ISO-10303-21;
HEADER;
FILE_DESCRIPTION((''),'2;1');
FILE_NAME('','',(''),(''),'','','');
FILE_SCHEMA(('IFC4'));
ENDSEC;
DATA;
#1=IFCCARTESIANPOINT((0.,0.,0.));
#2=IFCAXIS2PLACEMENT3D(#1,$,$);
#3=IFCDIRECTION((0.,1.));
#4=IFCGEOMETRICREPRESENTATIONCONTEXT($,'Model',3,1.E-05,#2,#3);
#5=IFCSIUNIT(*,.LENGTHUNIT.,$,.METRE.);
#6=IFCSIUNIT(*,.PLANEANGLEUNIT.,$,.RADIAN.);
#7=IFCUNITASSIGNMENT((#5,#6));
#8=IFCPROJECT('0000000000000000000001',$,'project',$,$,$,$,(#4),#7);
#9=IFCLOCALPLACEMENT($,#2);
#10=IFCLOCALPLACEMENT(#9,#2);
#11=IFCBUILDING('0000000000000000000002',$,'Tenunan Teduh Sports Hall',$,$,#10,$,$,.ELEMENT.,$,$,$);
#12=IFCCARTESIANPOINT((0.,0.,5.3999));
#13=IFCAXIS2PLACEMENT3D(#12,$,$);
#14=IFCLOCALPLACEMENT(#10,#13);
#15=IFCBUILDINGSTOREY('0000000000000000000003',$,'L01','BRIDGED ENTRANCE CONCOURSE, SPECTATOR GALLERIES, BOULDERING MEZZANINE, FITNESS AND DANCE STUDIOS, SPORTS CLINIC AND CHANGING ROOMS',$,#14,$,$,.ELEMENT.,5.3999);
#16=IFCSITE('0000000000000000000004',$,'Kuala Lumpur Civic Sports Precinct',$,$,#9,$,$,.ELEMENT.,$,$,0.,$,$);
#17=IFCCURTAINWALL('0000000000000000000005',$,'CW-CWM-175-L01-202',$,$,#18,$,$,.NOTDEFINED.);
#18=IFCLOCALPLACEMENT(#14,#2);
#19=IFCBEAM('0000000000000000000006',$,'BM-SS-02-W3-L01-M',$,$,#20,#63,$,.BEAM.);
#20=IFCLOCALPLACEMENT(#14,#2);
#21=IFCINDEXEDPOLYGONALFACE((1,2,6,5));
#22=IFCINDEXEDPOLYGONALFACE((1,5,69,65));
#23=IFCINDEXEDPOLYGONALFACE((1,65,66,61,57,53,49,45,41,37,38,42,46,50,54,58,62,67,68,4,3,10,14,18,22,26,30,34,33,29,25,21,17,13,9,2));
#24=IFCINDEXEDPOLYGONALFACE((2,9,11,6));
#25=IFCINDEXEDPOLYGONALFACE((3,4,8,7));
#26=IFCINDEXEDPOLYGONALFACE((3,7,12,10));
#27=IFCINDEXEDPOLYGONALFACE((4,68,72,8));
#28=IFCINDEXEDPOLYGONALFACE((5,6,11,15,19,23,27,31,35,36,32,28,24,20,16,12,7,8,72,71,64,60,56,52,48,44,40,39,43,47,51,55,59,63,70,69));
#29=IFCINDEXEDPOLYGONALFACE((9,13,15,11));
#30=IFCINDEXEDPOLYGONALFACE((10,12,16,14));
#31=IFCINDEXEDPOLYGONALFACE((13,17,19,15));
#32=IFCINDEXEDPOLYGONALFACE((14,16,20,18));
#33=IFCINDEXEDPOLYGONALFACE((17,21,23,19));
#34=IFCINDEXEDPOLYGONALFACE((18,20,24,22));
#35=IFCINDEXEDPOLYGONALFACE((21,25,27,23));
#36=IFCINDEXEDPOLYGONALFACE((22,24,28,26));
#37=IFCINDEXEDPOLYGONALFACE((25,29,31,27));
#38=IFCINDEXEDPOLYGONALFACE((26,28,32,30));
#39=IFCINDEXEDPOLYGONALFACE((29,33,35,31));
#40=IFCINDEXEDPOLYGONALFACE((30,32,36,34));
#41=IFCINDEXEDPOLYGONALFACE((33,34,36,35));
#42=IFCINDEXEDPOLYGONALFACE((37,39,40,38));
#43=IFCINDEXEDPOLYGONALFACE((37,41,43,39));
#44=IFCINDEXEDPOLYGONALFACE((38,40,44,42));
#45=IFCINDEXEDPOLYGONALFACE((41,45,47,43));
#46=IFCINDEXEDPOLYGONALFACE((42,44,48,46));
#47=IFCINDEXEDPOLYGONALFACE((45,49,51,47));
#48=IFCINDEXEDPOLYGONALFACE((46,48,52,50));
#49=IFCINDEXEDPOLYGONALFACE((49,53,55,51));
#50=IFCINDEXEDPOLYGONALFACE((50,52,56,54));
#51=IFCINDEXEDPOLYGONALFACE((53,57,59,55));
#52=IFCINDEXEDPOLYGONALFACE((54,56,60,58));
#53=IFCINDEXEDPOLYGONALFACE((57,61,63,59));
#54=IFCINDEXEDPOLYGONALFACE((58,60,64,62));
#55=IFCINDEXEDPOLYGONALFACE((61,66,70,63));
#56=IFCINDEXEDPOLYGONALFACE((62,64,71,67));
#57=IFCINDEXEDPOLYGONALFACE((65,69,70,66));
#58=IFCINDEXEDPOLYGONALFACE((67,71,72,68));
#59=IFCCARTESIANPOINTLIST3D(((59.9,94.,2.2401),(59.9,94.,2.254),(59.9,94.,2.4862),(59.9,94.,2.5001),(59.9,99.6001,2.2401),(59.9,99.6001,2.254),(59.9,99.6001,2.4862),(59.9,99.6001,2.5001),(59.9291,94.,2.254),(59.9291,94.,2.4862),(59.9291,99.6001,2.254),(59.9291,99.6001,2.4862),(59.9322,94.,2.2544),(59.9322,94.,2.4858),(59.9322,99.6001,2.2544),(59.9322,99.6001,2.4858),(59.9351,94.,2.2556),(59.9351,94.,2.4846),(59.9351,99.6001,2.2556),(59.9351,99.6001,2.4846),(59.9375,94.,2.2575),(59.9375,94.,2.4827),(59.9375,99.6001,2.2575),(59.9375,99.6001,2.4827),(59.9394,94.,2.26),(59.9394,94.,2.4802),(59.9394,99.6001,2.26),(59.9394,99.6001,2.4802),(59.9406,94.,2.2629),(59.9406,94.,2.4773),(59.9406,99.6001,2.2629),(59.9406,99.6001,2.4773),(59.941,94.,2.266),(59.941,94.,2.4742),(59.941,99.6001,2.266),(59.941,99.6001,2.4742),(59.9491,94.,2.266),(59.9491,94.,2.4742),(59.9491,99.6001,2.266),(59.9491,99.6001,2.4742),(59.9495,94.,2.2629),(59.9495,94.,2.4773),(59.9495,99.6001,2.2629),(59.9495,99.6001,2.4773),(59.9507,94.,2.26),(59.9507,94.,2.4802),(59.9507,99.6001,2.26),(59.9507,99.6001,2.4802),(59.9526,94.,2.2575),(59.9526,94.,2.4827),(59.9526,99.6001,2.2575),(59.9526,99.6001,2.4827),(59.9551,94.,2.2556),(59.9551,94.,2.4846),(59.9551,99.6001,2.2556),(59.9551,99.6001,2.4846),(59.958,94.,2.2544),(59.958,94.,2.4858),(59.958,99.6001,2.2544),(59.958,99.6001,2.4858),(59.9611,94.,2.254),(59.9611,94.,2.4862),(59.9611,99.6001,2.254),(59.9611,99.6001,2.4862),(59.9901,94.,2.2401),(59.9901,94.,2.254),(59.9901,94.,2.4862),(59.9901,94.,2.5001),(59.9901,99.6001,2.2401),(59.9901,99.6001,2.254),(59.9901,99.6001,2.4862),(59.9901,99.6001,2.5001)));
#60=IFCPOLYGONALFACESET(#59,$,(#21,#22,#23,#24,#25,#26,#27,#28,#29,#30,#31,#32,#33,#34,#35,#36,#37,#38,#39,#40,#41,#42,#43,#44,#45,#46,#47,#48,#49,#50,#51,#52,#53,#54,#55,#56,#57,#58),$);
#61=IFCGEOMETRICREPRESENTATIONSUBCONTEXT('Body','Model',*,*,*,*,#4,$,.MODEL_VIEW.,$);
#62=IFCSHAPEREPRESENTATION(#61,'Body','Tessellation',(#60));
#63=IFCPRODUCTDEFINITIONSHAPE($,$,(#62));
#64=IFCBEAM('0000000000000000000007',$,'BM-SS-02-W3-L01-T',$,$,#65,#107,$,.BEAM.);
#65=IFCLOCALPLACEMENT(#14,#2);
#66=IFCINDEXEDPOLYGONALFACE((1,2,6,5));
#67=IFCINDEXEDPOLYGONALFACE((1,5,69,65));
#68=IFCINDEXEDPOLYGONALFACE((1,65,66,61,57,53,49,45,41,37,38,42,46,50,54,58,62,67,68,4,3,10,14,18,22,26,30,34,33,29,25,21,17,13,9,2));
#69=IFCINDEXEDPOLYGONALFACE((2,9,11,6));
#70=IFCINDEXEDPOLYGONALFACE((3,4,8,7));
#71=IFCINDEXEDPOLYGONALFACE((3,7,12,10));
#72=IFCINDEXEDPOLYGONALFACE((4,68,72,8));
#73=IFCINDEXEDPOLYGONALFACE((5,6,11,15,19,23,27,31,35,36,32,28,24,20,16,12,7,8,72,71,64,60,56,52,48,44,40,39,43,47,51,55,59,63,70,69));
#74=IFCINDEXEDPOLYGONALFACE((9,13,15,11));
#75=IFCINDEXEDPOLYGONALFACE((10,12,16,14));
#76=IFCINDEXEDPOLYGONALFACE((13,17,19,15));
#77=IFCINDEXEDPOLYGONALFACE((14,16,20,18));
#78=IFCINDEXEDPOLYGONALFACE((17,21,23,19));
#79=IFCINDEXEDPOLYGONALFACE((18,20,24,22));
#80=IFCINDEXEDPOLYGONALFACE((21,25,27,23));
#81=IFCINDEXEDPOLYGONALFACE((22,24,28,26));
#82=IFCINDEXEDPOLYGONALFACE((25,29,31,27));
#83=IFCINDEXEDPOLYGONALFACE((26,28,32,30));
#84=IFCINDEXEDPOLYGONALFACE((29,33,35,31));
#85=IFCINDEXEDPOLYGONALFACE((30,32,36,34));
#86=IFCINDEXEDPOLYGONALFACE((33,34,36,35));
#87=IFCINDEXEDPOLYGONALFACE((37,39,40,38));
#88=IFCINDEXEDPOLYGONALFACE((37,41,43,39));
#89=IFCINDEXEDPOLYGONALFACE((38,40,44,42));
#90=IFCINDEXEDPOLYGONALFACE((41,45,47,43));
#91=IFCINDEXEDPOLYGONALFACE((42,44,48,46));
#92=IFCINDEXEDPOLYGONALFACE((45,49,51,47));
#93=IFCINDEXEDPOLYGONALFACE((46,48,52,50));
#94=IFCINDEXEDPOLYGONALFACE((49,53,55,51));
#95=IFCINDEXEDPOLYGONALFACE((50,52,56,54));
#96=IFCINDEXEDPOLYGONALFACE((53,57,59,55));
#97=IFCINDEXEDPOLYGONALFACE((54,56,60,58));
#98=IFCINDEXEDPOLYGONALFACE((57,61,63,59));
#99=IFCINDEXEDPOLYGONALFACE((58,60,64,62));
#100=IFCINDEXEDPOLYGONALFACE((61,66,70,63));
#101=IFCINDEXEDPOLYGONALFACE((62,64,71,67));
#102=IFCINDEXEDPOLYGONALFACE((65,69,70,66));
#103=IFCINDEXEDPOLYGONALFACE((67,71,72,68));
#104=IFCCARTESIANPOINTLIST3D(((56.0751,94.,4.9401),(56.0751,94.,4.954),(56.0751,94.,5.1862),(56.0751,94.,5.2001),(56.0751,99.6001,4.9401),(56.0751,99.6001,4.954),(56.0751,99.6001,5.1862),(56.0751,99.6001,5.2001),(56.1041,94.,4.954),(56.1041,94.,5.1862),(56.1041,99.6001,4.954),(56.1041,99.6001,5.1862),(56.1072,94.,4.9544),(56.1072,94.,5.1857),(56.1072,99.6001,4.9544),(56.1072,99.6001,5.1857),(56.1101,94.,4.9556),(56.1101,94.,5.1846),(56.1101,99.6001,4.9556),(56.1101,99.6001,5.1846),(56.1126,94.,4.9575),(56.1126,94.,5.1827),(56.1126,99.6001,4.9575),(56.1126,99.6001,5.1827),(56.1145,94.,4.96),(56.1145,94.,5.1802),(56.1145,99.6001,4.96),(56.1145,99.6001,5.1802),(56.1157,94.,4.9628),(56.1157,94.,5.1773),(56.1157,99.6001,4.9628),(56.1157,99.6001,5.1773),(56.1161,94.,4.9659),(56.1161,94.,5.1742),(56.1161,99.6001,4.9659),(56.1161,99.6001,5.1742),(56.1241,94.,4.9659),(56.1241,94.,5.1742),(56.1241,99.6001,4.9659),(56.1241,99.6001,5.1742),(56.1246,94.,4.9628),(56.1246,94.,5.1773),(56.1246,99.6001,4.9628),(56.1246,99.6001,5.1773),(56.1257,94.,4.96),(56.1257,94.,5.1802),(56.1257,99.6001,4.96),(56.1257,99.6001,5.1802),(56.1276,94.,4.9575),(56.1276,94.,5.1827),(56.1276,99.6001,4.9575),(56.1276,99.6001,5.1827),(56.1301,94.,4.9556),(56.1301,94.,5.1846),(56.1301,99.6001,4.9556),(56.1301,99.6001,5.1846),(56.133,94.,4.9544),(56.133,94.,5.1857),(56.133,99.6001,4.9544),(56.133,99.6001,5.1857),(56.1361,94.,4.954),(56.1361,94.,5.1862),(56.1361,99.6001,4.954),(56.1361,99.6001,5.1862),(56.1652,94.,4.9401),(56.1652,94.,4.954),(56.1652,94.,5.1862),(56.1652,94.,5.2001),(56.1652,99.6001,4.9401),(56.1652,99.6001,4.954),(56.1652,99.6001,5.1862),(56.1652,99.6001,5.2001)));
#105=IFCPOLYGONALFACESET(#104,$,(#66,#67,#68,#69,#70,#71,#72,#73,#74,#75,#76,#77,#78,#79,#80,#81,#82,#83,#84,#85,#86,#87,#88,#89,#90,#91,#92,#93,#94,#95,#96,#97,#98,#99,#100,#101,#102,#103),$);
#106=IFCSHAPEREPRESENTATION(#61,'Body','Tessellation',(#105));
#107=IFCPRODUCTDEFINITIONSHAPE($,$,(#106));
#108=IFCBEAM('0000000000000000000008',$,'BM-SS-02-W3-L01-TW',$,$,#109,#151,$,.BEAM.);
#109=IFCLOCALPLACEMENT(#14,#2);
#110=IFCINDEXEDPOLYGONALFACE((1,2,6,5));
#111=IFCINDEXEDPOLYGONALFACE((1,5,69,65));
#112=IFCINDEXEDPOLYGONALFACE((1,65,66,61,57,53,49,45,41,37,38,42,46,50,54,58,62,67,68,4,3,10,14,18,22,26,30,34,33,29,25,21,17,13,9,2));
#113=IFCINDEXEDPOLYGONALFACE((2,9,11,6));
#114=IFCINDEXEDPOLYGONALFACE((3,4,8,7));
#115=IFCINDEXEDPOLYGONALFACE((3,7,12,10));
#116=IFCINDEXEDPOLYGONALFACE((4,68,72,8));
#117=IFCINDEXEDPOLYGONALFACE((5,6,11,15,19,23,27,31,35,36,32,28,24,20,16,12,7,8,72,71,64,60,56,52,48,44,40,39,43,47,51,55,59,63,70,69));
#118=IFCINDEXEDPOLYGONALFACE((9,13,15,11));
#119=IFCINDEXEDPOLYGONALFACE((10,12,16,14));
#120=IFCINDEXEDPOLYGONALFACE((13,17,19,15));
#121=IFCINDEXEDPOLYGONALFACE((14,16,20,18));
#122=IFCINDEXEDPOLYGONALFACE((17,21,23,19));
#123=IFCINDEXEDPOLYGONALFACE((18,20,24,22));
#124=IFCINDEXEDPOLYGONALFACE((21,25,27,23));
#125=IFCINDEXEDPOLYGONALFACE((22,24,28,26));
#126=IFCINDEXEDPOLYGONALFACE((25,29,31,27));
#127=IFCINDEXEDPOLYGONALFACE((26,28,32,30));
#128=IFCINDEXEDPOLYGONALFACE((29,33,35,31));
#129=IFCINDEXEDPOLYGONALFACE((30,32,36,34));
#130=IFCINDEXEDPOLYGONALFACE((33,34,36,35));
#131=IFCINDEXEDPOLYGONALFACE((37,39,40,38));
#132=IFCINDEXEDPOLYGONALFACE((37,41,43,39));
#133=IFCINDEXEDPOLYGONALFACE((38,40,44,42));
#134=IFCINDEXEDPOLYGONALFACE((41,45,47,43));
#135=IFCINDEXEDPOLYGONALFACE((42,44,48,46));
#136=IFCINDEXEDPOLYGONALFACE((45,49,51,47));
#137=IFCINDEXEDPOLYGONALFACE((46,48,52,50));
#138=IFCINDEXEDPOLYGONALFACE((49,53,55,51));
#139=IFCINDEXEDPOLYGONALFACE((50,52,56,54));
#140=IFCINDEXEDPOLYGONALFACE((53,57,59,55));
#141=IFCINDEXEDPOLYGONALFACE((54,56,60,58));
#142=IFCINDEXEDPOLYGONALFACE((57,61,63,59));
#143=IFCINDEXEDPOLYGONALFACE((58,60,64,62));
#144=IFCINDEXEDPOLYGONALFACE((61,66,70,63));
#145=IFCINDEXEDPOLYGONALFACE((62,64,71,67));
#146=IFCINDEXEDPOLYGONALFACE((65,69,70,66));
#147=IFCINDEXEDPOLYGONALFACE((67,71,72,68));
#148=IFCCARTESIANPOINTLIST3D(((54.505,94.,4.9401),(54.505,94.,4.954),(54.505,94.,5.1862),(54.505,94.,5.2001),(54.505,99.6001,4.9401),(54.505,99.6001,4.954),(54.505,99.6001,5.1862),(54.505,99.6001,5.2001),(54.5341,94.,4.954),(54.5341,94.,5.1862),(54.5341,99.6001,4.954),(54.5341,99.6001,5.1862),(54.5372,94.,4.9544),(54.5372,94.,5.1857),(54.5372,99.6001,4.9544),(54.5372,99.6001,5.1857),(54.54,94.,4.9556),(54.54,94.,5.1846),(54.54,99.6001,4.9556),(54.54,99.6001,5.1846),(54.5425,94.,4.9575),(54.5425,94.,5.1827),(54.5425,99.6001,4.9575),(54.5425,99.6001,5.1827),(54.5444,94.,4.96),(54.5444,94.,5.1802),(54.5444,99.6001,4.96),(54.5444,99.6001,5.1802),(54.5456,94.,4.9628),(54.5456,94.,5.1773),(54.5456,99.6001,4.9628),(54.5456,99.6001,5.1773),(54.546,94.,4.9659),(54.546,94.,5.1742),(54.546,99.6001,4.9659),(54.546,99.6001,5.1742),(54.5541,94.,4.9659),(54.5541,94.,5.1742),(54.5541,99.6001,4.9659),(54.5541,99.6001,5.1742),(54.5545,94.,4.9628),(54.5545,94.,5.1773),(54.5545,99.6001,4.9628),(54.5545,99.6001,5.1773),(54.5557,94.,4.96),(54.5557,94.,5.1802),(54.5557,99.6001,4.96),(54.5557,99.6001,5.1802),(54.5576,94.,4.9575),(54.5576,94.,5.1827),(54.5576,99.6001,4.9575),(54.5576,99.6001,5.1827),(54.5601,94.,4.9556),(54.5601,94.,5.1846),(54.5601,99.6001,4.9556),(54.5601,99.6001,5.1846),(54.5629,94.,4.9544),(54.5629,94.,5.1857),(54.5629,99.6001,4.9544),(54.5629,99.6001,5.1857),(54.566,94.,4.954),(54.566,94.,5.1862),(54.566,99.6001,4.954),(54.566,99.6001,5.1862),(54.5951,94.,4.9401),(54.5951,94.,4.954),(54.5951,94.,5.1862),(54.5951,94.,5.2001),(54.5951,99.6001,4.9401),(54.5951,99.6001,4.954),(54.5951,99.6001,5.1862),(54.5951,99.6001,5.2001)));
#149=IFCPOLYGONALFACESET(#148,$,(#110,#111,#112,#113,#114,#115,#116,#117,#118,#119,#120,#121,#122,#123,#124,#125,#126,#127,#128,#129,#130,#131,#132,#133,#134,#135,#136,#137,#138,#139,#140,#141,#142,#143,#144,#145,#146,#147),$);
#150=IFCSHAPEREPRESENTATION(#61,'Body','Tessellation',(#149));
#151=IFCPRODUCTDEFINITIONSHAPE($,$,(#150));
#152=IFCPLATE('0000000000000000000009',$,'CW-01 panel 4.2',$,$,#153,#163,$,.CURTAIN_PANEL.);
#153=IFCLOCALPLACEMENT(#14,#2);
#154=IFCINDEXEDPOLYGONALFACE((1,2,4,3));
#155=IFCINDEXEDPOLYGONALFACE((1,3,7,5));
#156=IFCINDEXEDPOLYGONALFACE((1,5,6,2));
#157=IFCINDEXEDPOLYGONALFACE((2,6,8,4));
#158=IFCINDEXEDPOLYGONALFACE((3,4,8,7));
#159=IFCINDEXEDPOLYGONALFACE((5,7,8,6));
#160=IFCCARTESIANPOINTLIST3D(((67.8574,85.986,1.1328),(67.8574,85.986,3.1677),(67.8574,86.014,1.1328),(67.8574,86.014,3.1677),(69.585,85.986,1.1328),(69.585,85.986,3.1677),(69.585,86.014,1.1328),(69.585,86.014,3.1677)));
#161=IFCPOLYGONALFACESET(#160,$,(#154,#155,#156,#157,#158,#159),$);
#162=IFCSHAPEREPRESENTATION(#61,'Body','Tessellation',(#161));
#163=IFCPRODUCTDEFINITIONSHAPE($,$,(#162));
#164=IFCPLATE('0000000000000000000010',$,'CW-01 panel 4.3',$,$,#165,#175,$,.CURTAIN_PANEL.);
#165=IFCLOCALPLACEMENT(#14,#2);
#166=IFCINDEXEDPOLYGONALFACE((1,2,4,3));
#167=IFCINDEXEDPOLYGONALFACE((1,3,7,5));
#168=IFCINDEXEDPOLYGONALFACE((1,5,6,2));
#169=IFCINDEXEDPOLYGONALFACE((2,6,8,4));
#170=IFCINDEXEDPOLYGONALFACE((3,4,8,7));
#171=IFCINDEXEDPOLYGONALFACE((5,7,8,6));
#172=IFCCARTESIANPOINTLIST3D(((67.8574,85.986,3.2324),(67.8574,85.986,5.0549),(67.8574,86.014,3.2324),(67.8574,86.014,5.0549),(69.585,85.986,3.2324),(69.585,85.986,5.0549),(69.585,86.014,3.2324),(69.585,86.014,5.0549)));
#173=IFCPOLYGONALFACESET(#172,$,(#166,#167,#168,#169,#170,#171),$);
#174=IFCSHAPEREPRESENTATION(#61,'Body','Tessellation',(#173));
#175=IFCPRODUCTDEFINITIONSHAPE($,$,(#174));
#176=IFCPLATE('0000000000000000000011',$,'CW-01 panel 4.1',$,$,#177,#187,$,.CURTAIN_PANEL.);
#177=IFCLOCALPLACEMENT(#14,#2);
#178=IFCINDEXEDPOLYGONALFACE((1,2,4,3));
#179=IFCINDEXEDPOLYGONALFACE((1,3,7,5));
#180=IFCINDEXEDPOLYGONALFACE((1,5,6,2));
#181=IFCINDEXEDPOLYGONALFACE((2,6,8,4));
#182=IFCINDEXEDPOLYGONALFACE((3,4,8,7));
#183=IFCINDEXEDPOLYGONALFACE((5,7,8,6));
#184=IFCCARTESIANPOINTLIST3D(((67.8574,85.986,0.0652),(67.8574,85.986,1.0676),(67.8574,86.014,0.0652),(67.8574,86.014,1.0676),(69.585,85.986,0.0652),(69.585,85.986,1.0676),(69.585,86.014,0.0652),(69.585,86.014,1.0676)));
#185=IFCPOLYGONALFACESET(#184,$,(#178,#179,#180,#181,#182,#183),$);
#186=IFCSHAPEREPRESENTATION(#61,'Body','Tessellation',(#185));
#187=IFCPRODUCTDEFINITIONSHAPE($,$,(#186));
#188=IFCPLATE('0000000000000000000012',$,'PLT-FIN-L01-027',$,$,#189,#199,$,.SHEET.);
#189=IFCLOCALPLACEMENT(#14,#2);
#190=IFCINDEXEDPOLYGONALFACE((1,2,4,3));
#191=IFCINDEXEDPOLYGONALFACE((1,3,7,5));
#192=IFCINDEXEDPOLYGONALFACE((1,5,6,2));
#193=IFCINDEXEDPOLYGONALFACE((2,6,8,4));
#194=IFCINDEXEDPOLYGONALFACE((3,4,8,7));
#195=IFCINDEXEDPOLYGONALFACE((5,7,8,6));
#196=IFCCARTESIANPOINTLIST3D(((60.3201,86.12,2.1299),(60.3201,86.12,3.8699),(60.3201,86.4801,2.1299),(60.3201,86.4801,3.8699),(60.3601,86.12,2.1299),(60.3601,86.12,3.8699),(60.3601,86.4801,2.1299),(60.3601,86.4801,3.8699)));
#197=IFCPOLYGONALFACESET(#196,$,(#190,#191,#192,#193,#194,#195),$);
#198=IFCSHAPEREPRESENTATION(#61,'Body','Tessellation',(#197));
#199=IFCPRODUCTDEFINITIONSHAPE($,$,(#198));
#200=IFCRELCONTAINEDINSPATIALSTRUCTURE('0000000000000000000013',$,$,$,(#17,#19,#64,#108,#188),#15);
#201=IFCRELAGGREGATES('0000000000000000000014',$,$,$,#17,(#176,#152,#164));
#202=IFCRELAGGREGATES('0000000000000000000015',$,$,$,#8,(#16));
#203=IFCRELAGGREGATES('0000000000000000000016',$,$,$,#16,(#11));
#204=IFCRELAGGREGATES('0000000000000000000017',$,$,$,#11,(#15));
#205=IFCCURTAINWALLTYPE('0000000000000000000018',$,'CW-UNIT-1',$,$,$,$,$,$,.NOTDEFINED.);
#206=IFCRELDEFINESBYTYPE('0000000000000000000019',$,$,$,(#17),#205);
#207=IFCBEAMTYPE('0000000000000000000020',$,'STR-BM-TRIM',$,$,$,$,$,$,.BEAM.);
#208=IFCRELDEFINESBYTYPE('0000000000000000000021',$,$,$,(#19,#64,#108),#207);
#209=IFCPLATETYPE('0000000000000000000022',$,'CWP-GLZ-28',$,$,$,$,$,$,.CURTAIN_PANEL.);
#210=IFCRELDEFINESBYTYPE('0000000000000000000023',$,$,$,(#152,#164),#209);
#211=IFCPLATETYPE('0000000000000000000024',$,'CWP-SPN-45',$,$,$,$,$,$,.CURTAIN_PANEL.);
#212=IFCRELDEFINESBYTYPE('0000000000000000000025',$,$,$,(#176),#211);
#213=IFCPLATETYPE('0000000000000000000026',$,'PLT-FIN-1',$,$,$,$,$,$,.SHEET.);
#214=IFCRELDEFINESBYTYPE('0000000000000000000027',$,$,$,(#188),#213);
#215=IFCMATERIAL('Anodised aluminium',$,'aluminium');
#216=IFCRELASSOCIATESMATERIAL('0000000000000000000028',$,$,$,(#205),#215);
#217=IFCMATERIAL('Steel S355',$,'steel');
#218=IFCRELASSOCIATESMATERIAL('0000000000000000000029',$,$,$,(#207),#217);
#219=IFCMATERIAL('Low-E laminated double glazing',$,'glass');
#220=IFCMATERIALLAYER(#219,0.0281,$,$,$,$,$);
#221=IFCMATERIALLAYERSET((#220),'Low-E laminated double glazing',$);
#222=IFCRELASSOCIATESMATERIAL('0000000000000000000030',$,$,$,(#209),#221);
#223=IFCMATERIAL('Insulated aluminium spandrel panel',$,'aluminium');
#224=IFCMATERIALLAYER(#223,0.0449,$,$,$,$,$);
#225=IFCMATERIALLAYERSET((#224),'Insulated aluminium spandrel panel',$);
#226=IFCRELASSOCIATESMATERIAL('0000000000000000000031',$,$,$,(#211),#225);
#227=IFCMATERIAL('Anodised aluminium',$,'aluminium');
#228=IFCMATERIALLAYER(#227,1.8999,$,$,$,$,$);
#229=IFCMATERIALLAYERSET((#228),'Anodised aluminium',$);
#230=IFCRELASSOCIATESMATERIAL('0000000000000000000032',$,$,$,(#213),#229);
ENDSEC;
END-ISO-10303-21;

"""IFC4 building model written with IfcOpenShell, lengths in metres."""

from ifc_helpers import new_model, si_unit, direction, frame, origin, origin_2d, place, context, subcontext, project, spatial, rectangle, i_section, extrude, material, layer, layer_set, material_profile, profile_set, type_object, element, aggregate, save


model = new_model("IFC4")

# Units and contexts
model_context = context("Model", 3, precision=1e-05, world=origin(), true_north=direction((0.0, 1.0)))
body_context = subcontext(model_context, "Body", "Model", "MODEL_VIEW")
ifc_project = project(units=[si_unit("LENGTHUNIT", "METRE"), si_unit("PLANEANGLEUNIT", "RADIAN")], contexts=[model_context])

# Site, building, storey
site_placement = place(None, origin())
site = spatial("IfcSite", under=ifc_project, at=site_placement, Name="Kuala Lumpur Civic Sports Precinct", CompositionType="ELEMENT", RefElevation=0.0)
building_placement = place(site_placement, origin())
building = spatial("IfcBuilding", under=site, at=building_placement, Name="Tenunan Teduh Sports Hall", CompositionType="ELEMENT")
storey_placement = place(building_placement, frame((0.0, 0.0, 5.3999)))
storey = spatial("IfcBuildingStorey", under=building, at=storey_placement, Name="L01", Description="BRIDGED ENTRANCE CONCOURSE, SPECTATOR GALLERIES, BOULDERING MEZZANINE, FITNESS AND DANCE STUDIOS, SPORTS CLINIC AND CHANGING ROOMS", CompositionType="ELEMENT", Elevation=5.3999)

# Curtain wall
ifc_material_1 = material(Name="Anodised aluminium", Category="aluminium")
curtain_wall_type = type_object("IfcCurtainWallType", Name="CW-UNIT-1", PredefinedType="NOTDEFINED", material=ifc_material_1)
curtain_wall_placement = place(storey_placement, origin())
curtain_wall = element("IfcCurtainWall", 1, at=curtain_wall_placement, inside=storey, type_object=curtain_wall_type, Name="CW-CWM-175-L01-202", PredefinedType="NOTDEFINED")

# Beams
ifc_material_2 = material(Name="Steel S355", Category="steel")
ifc_material_profile_1 = material_profile(ifc_material_2, i_section(OverallWidth=0.0901, OverallDepth=0.26, WebThickness=0.0081, FlangeThickness=0.0139, FilletRadius=0.012, at=origin_2d()), Name="PFC 260x90")
ifc_profile_set_1 = profile_set([ifc_material_profile_1], Name="Steel S355")
beam_type_1 = type_object("IfcBeamType", Name="STR-BM-TRIM", PredefinedType="BEAM", material=ifc_profile_set_1)
for number, where, z_axis, x_axis, name in (
    (2, (59.9451, 94.0, 2.3701), (0.0, 1.0, 0.0), (-1.0, 0.0, 0.0), "BM-SS-02-W3-L01-M"),
    (3, (56.1201, 94.0, 5.0701), (0.0, 1.0, 0.0), (-1.0, 0.0, 0.0), "BM-SS-02-W3-L01-T"),
    (4, (54.55, 94.0, 5.0701), (0.0, 1.0, 0.0), (-1.0, 0.0, 0.0), "BM-SS-02-W3-L01-TW"),
):
    element("IfcBeam", number, at=place(storey_placement, frame(where, z_axis=z_axis, x_axis=x_axis)), inside=storey, type_object=beam_type_1, Name=name, PredefinedType="BEAM", context=body_context, shape_type="SweptSolid", body=[
        extrude(i_section(OverallWidth=0.0901, OverallDepth=0.26, WebThickness=0.0081, FlangeThickness=0.0139, FilletRadius=0.012, at=origin_2d()), origin(), (0.0, 0.0, 1.0), 5.6001),
    ])

# Plates
ifc_material_3 = material(Name="Low-E laminated double glazing", Category="glass")
ifc_layer_1 = layer(ifc_material_3, 0.0281)
ifc_layer_set_1 = layer_set([ifc_layer_1], Name="Low-E laminated double glazing")
plate_type_1 = type_object("IfcPlateType", Name="CWP-GLZ-28", PredefinedType="CURTAIN_PANEL", material=ifc_layer_set_1)
plate_1_placement = place(storey_placement, frame((68.7212, 86.0, 1.1328), z_axis=(0.0, 0.0, 1.0), x_axis=(1.0, 0.0, 0.0)))
plate_1 = element("IfcPlate", 5, at=plate_1_placement, type_object=plate_type_1, Name="CW-01 panel 4.2", PredefinedType="CURTAIN_PANEL", context=body_context, shape_type="SweptSolid", body=[
    extrude(rectangle(XDim=1.7275, YDim=0.0281, at=origin_2d()), origin(), (0.0, 0.0, 1.0), 2.0349),
])
plate_2_placement = place(storey_placement, frame((68.7212, 86.0, 3.2324), z_axis=(0.0, 0.0, 1.0), x_axis=(1.0, 0.0, 0.0)))
plate_2 = element("IfcPlate", 6, at=plate_2_placement, type_object=plate_type_1, Name="CW-01 panel 4.3", PredefinedType="CURTAIN_PANEL", context=body_context, shape_type="SweptSolid", body=[
    extrude(rectangle(XDim=1.7275, YDim=0.0281, at=origin_2d()), origin(), (0.0, 0.0, 1.0), 1.8225),
])
ifc_material_4 = material(Name="Insulated aluminium spandrel panel", Category="aluminium")
ifc_layer_2 = layer(ifc_material_4, 0.0449)
ifc_layer_set_2 = layer_set([ifc_layer_2], Name="Insulated aluminium spandrel panel")
plate_type_2 = type_object("IfcPlateType", Name="CWP-SPN-45", PredefinedType="CURTAIN_PANEL", material=ifc_layer_set_2)
plate_3_placement = place(storey_placement, frame((68.7212, 86.0, 0.0652), z_axis=(0.0, 0.0, 1.0), x_axis=(1.0, 0.0, 0.0)))
plate_3 = element("IfcPlate", 7, at=plate_3_placement, type_object=plate_type_2, Name="CW-01 panel 4.1", PredefinedType="CURTAIN_PANEL", context=body_context, shape_type="SweptSolid", body=[
    extrude(rectangle(XDim=1.7275, YDim=0.0281, at=origin_2d()), origin(), (0.0, 0.0, 1.0), 1.0024),
])
aggregate(curtain_wall, [plate_3, plate_1, plate_2])
ifc_material_5 = material(Name="Anodised aluminium", Category="aluminium")
ifc_layer_3 = layer(ifc_material_5, 1.8999)
ifc_layer_set_3 = layer_set([ifc_layer_3], Name="Anodised aluminium")
plate_type_3 = type_object("IfcPlateType", Name="PLT-FIN-1", PredefinedType="SHEET", material=ifc_layer_set_3)
plate_4_placement = place(storey_placement, frame((60.3401, 86.3, 2.1299), z_axis=(0.0, 0.0, 1.0), x_axis=(1.0, 0.0, 0.0)))
element("IfcPlate", 8, at=plate_4_placement, inside=storey, type_object=plate_type_3, Name="PLT-FIN-L01-027", PredefinedType="SHEET", context=body_context, shape_type="SweptSolid", body=[
    extrude(rectangle(XDim=0.04, YDim=0.3601, at=origin_2d()), origin(), (0.0, 0.0, 1.0), 1.74),
])

save(model, "model.ifc")
